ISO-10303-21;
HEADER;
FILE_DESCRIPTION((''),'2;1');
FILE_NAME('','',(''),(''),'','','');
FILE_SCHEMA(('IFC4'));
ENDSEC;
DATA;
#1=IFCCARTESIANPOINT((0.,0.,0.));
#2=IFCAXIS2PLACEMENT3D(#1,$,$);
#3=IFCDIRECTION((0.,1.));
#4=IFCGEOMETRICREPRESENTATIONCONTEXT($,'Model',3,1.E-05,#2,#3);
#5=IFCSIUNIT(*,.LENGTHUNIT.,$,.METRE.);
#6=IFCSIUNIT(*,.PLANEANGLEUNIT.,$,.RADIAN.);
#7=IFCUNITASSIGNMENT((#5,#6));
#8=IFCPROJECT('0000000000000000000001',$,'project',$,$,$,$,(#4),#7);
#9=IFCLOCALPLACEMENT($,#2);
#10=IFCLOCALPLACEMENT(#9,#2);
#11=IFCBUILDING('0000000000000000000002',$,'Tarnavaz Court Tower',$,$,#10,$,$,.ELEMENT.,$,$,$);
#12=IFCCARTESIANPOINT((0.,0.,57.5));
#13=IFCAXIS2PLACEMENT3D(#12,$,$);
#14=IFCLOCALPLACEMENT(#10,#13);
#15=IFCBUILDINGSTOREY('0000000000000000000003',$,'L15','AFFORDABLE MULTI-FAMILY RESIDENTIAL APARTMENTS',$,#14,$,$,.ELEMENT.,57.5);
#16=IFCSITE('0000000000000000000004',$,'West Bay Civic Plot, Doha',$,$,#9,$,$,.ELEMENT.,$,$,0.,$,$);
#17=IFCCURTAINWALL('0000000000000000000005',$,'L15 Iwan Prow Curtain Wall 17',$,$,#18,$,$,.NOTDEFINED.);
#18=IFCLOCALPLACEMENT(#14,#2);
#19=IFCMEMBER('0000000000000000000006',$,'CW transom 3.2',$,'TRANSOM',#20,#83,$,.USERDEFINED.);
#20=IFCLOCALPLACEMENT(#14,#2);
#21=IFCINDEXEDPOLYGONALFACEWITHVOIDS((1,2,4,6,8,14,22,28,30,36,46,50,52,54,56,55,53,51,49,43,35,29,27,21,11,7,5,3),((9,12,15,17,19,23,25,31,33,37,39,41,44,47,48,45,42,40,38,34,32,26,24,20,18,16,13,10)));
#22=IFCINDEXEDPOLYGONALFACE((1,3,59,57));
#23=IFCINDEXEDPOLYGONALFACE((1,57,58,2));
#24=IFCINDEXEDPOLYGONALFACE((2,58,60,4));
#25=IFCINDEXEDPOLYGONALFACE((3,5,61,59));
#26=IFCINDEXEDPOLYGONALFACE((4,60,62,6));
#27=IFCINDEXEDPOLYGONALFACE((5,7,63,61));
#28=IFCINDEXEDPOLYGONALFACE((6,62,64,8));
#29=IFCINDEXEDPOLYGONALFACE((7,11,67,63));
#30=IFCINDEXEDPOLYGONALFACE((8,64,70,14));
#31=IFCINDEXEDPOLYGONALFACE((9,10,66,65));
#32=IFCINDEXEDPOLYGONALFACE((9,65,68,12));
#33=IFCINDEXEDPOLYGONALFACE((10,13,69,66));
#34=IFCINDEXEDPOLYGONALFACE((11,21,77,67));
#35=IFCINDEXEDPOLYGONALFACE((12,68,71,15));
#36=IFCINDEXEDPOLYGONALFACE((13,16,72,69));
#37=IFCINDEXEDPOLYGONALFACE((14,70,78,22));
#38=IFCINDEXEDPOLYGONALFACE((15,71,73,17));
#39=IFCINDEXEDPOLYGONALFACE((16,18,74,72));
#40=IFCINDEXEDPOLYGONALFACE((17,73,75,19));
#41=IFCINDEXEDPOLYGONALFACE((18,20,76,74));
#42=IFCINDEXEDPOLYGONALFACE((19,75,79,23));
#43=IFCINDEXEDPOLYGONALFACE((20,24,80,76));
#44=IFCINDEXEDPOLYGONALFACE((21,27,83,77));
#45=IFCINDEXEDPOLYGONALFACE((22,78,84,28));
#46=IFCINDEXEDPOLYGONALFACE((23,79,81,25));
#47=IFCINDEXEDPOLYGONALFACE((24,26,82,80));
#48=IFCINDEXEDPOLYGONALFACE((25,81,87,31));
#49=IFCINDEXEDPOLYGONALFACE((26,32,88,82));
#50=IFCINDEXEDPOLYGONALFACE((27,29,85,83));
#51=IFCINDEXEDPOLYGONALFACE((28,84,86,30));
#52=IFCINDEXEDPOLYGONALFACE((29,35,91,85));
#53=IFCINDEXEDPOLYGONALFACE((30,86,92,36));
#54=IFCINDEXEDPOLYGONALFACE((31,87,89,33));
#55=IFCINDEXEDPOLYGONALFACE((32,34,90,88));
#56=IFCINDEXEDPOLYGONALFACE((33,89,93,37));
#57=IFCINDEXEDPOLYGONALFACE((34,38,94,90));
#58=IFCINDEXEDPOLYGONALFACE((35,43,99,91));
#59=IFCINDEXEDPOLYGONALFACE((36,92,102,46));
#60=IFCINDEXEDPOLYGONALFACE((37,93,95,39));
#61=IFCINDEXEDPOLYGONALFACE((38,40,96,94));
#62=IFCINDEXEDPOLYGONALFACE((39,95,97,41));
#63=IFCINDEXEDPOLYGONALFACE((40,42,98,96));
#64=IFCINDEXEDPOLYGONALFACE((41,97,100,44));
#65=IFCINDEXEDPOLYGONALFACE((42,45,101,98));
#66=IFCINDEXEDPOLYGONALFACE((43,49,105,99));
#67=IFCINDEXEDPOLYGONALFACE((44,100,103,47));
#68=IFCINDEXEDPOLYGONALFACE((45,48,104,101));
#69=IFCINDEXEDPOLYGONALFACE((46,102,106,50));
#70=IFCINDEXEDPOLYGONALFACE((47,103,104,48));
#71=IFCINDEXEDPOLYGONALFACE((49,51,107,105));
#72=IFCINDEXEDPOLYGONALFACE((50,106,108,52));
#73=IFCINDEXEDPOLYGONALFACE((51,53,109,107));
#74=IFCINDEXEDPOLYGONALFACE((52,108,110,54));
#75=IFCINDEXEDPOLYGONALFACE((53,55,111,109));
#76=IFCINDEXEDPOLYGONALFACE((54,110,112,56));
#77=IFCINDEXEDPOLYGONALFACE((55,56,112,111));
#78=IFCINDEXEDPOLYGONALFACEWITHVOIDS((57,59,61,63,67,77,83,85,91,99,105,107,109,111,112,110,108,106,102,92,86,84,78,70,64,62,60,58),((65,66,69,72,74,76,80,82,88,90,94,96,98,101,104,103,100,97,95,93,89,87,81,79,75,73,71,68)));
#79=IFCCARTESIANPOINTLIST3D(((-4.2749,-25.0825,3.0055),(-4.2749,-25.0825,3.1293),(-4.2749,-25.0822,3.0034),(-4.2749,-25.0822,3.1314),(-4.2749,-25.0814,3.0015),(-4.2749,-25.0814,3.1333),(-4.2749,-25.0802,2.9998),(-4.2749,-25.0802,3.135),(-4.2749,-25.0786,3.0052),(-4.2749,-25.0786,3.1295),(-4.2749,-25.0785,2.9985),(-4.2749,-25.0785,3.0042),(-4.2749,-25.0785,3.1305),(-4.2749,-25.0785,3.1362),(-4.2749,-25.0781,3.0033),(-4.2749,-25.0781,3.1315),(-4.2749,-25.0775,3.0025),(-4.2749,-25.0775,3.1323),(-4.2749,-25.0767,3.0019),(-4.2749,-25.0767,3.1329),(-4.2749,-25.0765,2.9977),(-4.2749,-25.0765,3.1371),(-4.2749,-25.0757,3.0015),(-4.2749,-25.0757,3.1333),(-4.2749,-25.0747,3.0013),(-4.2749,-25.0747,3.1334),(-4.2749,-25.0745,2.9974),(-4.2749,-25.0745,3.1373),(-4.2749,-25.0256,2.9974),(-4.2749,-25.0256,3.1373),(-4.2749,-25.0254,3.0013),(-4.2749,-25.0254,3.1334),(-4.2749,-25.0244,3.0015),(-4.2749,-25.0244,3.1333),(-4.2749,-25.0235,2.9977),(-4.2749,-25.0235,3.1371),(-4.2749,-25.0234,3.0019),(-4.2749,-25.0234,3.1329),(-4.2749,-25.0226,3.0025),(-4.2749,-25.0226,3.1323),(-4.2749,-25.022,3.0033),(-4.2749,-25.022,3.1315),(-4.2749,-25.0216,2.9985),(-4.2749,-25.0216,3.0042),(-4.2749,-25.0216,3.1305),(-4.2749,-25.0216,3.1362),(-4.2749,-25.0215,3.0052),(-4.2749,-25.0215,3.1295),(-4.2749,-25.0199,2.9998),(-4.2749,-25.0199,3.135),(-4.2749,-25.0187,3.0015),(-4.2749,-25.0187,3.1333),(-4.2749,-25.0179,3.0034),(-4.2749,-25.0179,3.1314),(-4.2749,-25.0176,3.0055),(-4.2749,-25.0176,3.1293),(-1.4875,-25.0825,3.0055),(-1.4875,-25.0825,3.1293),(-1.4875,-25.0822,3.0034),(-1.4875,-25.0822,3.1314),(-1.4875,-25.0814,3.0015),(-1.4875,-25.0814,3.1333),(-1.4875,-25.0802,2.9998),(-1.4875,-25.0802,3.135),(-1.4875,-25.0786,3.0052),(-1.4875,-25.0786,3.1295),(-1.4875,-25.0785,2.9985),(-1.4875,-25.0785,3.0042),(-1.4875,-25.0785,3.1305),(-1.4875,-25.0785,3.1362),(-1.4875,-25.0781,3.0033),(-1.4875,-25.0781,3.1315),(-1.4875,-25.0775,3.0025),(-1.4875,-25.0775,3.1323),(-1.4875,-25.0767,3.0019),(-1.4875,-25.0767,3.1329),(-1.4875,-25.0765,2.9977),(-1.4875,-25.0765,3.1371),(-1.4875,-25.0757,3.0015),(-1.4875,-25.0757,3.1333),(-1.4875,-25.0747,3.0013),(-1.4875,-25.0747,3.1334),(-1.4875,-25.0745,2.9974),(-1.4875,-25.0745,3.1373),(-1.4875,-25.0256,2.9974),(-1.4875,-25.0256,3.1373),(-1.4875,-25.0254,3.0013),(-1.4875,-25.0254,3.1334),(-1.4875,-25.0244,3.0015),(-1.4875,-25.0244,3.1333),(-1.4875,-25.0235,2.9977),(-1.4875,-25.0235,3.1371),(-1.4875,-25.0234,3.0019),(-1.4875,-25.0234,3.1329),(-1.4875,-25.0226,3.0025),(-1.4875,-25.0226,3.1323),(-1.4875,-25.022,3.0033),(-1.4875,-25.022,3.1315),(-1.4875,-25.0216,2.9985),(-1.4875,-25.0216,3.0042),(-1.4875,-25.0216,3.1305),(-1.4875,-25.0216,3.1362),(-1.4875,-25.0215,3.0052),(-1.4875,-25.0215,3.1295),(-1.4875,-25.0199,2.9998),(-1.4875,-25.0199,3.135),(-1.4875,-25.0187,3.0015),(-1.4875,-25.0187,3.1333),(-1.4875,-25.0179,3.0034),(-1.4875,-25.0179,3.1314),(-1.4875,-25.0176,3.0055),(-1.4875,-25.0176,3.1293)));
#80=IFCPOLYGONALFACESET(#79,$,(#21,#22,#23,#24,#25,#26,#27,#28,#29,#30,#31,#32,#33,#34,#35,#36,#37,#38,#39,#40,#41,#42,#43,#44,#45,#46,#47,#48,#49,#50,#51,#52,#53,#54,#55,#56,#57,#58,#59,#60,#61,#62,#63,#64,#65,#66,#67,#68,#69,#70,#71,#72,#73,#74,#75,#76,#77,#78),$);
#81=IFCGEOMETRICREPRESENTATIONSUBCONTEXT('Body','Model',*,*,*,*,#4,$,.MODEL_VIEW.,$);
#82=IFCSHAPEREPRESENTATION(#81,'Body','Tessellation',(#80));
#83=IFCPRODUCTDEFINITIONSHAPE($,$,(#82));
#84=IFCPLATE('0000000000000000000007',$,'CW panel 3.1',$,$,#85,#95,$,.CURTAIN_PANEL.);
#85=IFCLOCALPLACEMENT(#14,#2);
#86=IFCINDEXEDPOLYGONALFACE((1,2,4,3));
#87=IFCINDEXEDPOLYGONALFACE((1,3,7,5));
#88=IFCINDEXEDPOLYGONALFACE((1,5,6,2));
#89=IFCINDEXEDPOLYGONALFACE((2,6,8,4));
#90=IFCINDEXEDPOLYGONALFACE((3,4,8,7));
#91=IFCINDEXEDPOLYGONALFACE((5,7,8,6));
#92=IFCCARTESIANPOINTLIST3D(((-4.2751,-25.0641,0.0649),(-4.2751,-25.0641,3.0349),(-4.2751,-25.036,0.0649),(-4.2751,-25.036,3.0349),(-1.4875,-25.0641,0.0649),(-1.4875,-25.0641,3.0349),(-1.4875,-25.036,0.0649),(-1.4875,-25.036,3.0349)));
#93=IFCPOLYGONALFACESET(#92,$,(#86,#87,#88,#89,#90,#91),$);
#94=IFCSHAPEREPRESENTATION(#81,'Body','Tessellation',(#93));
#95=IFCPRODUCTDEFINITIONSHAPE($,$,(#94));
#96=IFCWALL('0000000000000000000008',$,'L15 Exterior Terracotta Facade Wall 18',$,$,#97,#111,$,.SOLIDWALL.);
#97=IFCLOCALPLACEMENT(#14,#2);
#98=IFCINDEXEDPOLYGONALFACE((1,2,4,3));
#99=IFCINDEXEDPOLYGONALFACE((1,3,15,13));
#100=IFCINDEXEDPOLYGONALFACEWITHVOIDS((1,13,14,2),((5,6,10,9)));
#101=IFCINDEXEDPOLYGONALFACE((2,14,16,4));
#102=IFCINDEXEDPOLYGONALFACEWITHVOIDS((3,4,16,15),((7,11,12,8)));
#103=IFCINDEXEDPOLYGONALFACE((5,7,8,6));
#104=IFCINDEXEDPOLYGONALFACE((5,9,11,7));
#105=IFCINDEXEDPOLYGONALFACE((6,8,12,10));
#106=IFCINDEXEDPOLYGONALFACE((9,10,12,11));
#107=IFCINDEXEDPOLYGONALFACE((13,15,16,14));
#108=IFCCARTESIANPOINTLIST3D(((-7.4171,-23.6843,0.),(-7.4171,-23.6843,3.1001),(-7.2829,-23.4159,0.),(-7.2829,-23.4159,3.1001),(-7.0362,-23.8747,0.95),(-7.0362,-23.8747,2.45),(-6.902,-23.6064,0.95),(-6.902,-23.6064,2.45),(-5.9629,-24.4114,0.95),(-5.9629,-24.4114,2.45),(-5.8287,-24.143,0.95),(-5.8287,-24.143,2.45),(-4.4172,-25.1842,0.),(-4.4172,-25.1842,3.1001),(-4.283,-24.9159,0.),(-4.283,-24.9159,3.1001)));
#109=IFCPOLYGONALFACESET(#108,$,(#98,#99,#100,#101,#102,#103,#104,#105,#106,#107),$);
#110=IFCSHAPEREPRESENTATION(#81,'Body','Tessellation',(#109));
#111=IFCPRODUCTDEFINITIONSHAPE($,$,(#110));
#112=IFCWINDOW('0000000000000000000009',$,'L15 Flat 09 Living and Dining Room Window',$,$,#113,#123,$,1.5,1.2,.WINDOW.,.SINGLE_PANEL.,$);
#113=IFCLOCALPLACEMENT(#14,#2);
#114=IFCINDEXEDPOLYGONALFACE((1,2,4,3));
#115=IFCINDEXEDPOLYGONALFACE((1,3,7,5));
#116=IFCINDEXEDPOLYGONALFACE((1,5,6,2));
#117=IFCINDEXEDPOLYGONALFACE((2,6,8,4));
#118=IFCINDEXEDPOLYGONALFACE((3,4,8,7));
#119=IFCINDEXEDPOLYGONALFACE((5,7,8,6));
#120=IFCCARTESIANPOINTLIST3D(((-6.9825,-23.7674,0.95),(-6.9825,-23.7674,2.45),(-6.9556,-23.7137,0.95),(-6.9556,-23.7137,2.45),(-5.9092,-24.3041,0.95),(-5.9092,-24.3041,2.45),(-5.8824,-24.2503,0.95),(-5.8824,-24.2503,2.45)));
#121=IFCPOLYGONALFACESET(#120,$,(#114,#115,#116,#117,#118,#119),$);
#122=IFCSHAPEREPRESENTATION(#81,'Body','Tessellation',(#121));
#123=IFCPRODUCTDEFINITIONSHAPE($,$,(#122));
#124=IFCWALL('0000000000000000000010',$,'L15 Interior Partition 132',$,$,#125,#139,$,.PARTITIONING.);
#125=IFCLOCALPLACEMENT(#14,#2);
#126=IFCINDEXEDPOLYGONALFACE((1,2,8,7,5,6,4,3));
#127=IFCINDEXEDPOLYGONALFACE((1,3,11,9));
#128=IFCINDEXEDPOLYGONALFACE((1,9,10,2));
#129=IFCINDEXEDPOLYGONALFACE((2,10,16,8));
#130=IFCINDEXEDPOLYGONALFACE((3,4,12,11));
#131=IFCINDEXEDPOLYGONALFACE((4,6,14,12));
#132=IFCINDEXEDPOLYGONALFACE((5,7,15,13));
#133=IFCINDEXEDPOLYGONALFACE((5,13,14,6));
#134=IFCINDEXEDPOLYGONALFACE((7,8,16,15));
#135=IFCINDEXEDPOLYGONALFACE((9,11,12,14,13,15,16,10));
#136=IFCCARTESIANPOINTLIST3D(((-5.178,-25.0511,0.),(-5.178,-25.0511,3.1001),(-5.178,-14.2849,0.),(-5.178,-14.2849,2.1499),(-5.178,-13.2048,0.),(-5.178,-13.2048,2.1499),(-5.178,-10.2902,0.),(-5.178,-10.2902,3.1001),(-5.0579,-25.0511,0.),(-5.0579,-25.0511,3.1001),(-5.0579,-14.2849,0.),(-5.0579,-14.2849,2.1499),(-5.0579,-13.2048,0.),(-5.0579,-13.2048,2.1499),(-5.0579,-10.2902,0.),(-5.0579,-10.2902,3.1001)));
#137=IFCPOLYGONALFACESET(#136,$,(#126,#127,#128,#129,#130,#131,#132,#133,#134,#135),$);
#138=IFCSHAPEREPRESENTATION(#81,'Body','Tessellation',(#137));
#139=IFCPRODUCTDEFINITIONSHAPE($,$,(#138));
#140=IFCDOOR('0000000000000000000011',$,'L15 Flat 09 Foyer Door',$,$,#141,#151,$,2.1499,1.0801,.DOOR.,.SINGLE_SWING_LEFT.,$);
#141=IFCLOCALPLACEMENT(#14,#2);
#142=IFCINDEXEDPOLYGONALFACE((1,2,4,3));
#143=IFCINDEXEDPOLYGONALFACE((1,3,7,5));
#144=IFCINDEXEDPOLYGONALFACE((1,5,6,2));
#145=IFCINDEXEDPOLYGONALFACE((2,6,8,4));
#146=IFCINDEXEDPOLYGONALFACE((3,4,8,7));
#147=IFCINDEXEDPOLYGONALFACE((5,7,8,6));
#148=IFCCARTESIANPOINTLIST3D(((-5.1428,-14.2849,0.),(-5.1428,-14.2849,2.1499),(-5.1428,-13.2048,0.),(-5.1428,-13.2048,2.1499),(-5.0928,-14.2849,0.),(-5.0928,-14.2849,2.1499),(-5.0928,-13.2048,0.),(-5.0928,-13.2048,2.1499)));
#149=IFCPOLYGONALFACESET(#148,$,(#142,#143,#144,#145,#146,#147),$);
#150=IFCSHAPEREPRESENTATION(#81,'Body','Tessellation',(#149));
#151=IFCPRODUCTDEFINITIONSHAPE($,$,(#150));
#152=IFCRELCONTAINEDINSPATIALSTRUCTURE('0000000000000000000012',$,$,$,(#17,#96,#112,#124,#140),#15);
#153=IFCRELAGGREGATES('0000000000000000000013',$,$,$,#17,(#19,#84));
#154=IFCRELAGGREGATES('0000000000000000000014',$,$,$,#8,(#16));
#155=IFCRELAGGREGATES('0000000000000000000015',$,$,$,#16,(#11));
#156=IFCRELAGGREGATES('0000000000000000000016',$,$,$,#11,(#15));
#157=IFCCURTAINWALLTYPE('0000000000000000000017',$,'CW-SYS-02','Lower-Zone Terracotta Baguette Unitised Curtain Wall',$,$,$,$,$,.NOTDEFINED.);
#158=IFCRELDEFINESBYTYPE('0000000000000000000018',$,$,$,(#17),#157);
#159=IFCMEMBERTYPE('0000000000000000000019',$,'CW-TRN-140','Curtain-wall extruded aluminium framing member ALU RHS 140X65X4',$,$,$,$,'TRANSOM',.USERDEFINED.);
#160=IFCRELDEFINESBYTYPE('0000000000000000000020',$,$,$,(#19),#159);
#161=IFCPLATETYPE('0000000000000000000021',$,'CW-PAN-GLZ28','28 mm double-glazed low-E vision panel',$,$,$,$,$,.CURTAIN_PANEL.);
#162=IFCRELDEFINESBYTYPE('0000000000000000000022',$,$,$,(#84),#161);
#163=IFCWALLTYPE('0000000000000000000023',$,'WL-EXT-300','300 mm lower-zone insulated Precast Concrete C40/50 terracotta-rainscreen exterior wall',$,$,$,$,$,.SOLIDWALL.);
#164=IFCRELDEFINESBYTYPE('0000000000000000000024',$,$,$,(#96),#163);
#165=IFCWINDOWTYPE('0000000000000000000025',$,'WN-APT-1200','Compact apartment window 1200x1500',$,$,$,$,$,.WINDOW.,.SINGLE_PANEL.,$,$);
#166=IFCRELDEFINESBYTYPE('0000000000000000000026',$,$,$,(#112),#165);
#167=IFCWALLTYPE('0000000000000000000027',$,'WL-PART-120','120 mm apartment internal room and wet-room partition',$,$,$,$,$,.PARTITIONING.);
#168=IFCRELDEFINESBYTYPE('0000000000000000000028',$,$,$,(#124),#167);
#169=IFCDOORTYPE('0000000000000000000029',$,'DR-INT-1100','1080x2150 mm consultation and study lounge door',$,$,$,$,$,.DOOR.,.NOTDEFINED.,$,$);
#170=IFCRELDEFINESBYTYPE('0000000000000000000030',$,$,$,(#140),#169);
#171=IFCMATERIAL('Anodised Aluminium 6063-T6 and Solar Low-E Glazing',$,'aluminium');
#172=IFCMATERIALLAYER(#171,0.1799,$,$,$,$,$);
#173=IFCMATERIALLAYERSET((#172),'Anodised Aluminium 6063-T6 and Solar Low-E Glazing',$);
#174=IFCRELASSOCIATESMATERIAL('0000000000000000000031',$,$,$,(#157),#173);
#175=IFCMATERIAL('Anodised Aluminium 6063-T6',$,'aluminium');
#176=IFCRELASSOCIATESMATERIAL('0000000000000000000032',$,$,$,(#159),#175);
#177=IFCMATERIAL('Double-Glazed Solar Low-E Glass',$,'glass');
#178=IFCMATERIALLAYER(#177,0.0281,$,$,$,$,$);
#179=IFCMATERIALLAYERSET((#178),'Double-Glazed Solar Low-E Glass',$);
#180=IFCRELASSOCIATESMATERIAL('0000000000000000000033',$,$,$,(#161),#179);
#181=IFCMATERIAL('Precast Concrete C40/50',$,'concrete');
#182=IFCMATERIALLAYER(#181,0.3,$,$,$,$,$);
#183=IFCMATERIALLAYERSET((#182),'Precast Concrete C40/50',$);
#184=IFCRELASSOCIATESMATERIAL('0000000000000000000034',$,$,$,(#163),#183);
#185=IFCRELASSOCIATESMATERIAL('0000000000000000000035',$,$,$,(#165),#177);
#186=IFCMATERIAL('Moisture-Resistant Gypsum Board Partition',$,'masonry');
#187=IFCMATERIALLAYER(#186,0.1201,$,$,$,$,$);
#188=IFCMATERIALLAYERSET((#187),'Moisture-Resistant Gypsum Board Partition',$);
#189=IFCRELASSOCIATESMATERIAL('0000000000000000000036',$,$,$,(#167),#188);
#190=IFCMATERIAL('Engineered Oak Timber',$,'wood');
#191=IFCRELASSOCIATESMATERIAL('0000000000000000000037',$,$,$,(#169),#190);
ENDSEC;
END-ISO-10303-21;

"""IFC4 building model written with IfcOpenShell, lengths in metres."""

from ifc_helpers import new_model, si_unit, direction, frame, frame_2d, origin, origin_2d, place, context, subcontext, project, spatial, rectangle, hollow_rectangle, extrude, material, layer, layer_set, material_profile, profile_set, type_object, element, fill, aggregate, save


model = new_model("IFC4")

# Units and contexts
model_context = context("Model", 3, precision=1e-05, world=origin(), true_north=direction((0.0, 1.0)))
body_context = subcontext(model_context, "Body", "Model", "MODEL_VIEW")
ifc_project = project(units=[si_unit("LENGTHUNIT", "METRE"), si_unit("PLANEANGLEUNIT", "RADIAN")], contexts=[model_context])

# Site, building, storey
site_placement = place(None, origin())
site = spatial("IfcSite", under=ifc_project, at=site_placement, Name="West Bay Civic Plot, Doha", CompositionType="ELEMENT", RefElevation=0.0)
building_placement = place(site_placement, origin())
building = spatial("IfcBuilding", under=site, at=building_placement, Name="Tarnavaz Court Tower", CompositionType="ELEMENT")
storey_placement = place(building_placement, frame((0.0, 0.0, 57.5)))
storey = spatial("IfcBuildingStorey", under=building, at=storey_placement, Name="L15", Description="AFFORDABLE MULTI-FAMILY RESIDENTIAL APARTMENTS", CompositionType="ELEMENT", Elevation=57.5)

# Curtain wall, member, plate
ifc_material_1 = material(Name="Anodised Aluminium 6063-T6 and Solar Low-E Glazing", Category="aluminium")
ifc_layer_1 = layer(ifc_material_1, 0.1799)
ifc_layer_set_1 = layer_set([ifc_layer_1], Name="Anodised Aluminium 6063-T6 and Solar Low-E Glazing")
curtain_wall_type = type_object("IfcCurtainWallType", Name="CW-SYS-02", Description="Lower-Zone Terracotta Baguette Unitised Curtain Wall", PredefinedType="NOTDEFINED", material=ifc_layer_set_1)
curtain_wall_placement = place(storey_placement, origin())
curtain_wall = element("IfcCurtainWall", 1, at=curtain_wall_placement, inside=storey, type_object=curtain_wall_type, Name="L15 Iwan Prow Curtain Wall 17", PredefinedType="NOTDEFINED")
ifc_material_2 = material(Name="Anodised Aluminium 6063-T6", Category="aluminium")
ifc_material_profile_1 = material_profile(ifc_material_2, hollow_rectangle(XDim=0.0649, YDim=0.1399, WallThickness=0.0039, InnerFilletRadius=0.0039, OuterFilletRadius=0.0081, at=origin_2d()), Name="ALU RHS 140X65X4")
ifc_profile_set_1 = profile_set([ifc_material_profile_1], Name="Anodised Aluminium 6063-T6")
member_type_1 = type_object("IfcMemberType", Name="CW-TRN-140", Description="Curtain-wall extruded aluminium framing member ALU RHS 140X65X4", ElementType="TRANSOM", PredefinedType="USERDEFINED", material=ifc_profile_set_1)
member_1_placement = place(storey_placement, frame((-1.4875, -25.05, 3.0674), z_axis=(-1.0, 0.0, 0.0), x_axis=(0.0, -1.0, 0.0)))
member_1 = element("IfcMember", 2, at=member_1_placement, type_object=member_type_1, Name="CW transom 3.2", ObjectType="TRANSOM", PredefinedType="USERDEFINED", context=body_context, shape_type="SweptSolid", body=[
    extrude(hollow_rectangle(XDim=0.0649, YDim=0.1399, WallThickness=0.0039, InnerFilletRadius=0.0039, OuterFilletRadius=0.0081, at=origin_2d()), origin(), (0.0, 0.0, 1.0), 2.7874),
])
ifc_material_3 = material(Name="Double-Glazed Solar Low-E Glass", Category="glass")
ifc_layer_2 = layer(ifc_material_3, 0.0281)
ifc_layer_set_2 = layer_set([ifc_layer_2], Name="Double-Glazed Solar Low-E Glass")
plate_type = type_object("IfcPlateType", Name="CW-PAN-GLZ28", Description="28 mm double-glazed low-E vision panel", PredefinedType="CURTAIN_PANEL", material=ifc_layer_set_2)
plate_placement = place(storey_placement, frame((-2.8813, -25.05, 0.0649), z_axis=(0.0, 0.0, 1.0), x_axis=(-1.0, 0.0, 0.0)))
plate = element("IfcPlate", 3, at=plate_placement, type_object=plate_type, Name="CW panel 3.1", PredefinedType="CURTAIN_PANEL", context=body_context, shape_type="SweptSolid", body=[
    extrude(rectangle(XDim=2.7876, YDim=0.0281, at=origin_2d()), origin(), (0.0, 0.0, 1.0), 2.97),
])
aggregate(curtain_wall, [member_1, plate])

# Wall, opening, window
ifc_material_4 = material(Name="Precast Concrete C40/50", Category="concrete")
ifc_layer_3 = layer(ifc_material_4, 0.3)
ifc_layer_set_3 = layer_set([ifc_layer_3], Name="Precast Concrete C40/50")
wall_type_1 = type_object("IfcWallType", Name="WL-EXT-300", Description="300 mm lower-zone insulated Precast Concrete C40/50 terracotta-rainscreen exterior wall", PredefinedType="SOLIDWALL", material=ifc_layer_set_3)
wall_1_placement = place(storey_placement, frame((-4.3501, -25.05, 0.0), z_axis=(0.0, 0.0, 1.0), x_axis=(-0.894427, 0.447214, 0.0)))
wall_1 = element("IfcWall", 4, at=wall_1_placement, inside=storey, type_object=wall_type_1, Name="L15 Exterior Terracotta Facade Wall 18", PredefinedType="SOLIDWALL", context=body_context, shape_type="SweptSolid", body=[
    extrude(rectangle(XDim=3.354, YDim=0.3, at=frame_2d((1.677, 0.0))), origin(), (0.0, 0.0, 1.0), 3.1001),
])
opening_1_placement = place(wall_1_placement, frame((1.728, 0.0, 0.95)))
opening_1 = element("IfcOpeningElement", 5, at=opening_1_placement, cuts=wall_1, PredefinedType="OPENING", context=body_context, shape_type="SweptSolid", body=[
    extrude(rectangle(XDim=1.2, YDim=1.5, at=frame_2d((0.6001, 0.75))), frame((0.0, 0.1599, 0.0), z_axis=(0.0, -1.0, 0.0), x_axis=(1.0, 0.0, 0.0)), (0.0, 0.0, 1.0), 0.3201),
])
window_type = type_object("IfcWindowType", Name="WN-APT-1200", Description="Compact apartment window 1200x1500", PartitioningType="SINGLE_PANEL", PredefinedType="WINDOW", material=ifc_material_3)
window_placement = place(opening_1_placement, origin())
window = element("IfcWindow", 6, at=window_placement, inside=storey, type_object=window_type, Name="L15 Flat 09 Living and Dining Room Window", OverallHeight=1.5, OverallWidth=1.2, PartitioningType="SINGLE_PANEL", PredefinedType="WINDOW", context=body_context, shape_type="SweptSolid", body=[
    extrude(rectangle(XDim=1.2, YDim=1.5, at=frame_2d((0.6001, 0.75))), frame((0.0, 0.03, 0.0), z_axis=(0.0, -1.0, 0.0), x_axis=(1.0, 0.0, 0.0)), (0.0, 0.0, 1.0), 0.0601),
])
fill(opening_1, window)

# Wall, opening, door
ifc_material_5 = material(Name="Moisture-Resistant Gypsum Board Partition", Category="masonry")
ifc_layer_4 = layer(ifc_material_5, 0.1201)
ifc_layer_set_4 = layer_set([ifc_layer_4], Name="Moisture-Resistant Gypsum Board Partition")
wall_type_2 = type_object("IfcWallType", Name="WL-PART-120", Description="120 mm apartment internal room and wet-room partition", PredefinedType="PARTITIONING", material=ifc_layer_set_4)
wall_2_placement = place(storey_placement, frame((-5.1179, -25.051, 0.0), z_axis=(0.0, 0.0, 1.0), x_axis=(0.0, 1.0, 0.0)))
wall_2 = element("IfcWall", 7, at=wall_2_placement, inside=storey, type_object=wall_type_2, Name="L15 Interior Partition 132", PredefinedType="PARTITIONING", context=body_context, shape_type="SweptSolid", body=[
    extrude(rectangle(XDim=14.761, YDim=0.1201, at=frame_2d((7.3804, 0.0))), origin(), (0.0, 0.0, 1.0), 3.1001),
])
opening_2_placement = place(wall_2_placement, frame((10.7661, 0.0, 0.0)))
opening_2 = element("IfcOpeningElement", 8, at=opening_2_placement, cuts=wall_2, PredefinedType="OPENING", context=body_context, shape_type="SweptSolid", body=[
    extrude(rectangle(XDim=1.0801, YDim=2.1499, at=frame_2d((0.54, 1.075))), frame((0.0, 0.0701, 0.0), z_axis=(0.0, -1.0, 0.0), x_axis=(1.0, 0.0, 0.0)), (0.0, 0.0, 1.0), 0.1401),
])
ifc_material_6 = material(Name="Engineered Oak Timber", Category="wood")
door_type_1 = type_object("IfcDoorType", Name="DR-INT-1100", Description="1080x2150 mm consultation and study lounge door", OperationType="NOTDEFINED", PredefinedType="DOOR", material=ifc_material_6)
door_1_placement = place(opening_2_placement, origin())
door_1 = element("IfcDoor", 9, at=door_1_placement, inside=storey, type_object=door_type_1, Name="L15 Flat 09 Foyer Door", OperationType="SINGLE_SWING_LEFT", OverallHeight=2.1499, OverallWidth=1.0801, PredefinedType="DOOR", context=body_context, shape_type="SweptSolid", body=[
    extrude(rectangle(XDim=1.0801, YDim=2.1499, at=frame_2d((0.54, 1.075))), frame((0.0, 0.0249, 0.0), z_axis=(0.0, -1.0, 0.0), x_axis=(1.0, 0.0, 0.0)), (0.0, 0.0, 1.0), 0.05),
])
fill(opening_2, door_1)

save(model, "model.ifc")
